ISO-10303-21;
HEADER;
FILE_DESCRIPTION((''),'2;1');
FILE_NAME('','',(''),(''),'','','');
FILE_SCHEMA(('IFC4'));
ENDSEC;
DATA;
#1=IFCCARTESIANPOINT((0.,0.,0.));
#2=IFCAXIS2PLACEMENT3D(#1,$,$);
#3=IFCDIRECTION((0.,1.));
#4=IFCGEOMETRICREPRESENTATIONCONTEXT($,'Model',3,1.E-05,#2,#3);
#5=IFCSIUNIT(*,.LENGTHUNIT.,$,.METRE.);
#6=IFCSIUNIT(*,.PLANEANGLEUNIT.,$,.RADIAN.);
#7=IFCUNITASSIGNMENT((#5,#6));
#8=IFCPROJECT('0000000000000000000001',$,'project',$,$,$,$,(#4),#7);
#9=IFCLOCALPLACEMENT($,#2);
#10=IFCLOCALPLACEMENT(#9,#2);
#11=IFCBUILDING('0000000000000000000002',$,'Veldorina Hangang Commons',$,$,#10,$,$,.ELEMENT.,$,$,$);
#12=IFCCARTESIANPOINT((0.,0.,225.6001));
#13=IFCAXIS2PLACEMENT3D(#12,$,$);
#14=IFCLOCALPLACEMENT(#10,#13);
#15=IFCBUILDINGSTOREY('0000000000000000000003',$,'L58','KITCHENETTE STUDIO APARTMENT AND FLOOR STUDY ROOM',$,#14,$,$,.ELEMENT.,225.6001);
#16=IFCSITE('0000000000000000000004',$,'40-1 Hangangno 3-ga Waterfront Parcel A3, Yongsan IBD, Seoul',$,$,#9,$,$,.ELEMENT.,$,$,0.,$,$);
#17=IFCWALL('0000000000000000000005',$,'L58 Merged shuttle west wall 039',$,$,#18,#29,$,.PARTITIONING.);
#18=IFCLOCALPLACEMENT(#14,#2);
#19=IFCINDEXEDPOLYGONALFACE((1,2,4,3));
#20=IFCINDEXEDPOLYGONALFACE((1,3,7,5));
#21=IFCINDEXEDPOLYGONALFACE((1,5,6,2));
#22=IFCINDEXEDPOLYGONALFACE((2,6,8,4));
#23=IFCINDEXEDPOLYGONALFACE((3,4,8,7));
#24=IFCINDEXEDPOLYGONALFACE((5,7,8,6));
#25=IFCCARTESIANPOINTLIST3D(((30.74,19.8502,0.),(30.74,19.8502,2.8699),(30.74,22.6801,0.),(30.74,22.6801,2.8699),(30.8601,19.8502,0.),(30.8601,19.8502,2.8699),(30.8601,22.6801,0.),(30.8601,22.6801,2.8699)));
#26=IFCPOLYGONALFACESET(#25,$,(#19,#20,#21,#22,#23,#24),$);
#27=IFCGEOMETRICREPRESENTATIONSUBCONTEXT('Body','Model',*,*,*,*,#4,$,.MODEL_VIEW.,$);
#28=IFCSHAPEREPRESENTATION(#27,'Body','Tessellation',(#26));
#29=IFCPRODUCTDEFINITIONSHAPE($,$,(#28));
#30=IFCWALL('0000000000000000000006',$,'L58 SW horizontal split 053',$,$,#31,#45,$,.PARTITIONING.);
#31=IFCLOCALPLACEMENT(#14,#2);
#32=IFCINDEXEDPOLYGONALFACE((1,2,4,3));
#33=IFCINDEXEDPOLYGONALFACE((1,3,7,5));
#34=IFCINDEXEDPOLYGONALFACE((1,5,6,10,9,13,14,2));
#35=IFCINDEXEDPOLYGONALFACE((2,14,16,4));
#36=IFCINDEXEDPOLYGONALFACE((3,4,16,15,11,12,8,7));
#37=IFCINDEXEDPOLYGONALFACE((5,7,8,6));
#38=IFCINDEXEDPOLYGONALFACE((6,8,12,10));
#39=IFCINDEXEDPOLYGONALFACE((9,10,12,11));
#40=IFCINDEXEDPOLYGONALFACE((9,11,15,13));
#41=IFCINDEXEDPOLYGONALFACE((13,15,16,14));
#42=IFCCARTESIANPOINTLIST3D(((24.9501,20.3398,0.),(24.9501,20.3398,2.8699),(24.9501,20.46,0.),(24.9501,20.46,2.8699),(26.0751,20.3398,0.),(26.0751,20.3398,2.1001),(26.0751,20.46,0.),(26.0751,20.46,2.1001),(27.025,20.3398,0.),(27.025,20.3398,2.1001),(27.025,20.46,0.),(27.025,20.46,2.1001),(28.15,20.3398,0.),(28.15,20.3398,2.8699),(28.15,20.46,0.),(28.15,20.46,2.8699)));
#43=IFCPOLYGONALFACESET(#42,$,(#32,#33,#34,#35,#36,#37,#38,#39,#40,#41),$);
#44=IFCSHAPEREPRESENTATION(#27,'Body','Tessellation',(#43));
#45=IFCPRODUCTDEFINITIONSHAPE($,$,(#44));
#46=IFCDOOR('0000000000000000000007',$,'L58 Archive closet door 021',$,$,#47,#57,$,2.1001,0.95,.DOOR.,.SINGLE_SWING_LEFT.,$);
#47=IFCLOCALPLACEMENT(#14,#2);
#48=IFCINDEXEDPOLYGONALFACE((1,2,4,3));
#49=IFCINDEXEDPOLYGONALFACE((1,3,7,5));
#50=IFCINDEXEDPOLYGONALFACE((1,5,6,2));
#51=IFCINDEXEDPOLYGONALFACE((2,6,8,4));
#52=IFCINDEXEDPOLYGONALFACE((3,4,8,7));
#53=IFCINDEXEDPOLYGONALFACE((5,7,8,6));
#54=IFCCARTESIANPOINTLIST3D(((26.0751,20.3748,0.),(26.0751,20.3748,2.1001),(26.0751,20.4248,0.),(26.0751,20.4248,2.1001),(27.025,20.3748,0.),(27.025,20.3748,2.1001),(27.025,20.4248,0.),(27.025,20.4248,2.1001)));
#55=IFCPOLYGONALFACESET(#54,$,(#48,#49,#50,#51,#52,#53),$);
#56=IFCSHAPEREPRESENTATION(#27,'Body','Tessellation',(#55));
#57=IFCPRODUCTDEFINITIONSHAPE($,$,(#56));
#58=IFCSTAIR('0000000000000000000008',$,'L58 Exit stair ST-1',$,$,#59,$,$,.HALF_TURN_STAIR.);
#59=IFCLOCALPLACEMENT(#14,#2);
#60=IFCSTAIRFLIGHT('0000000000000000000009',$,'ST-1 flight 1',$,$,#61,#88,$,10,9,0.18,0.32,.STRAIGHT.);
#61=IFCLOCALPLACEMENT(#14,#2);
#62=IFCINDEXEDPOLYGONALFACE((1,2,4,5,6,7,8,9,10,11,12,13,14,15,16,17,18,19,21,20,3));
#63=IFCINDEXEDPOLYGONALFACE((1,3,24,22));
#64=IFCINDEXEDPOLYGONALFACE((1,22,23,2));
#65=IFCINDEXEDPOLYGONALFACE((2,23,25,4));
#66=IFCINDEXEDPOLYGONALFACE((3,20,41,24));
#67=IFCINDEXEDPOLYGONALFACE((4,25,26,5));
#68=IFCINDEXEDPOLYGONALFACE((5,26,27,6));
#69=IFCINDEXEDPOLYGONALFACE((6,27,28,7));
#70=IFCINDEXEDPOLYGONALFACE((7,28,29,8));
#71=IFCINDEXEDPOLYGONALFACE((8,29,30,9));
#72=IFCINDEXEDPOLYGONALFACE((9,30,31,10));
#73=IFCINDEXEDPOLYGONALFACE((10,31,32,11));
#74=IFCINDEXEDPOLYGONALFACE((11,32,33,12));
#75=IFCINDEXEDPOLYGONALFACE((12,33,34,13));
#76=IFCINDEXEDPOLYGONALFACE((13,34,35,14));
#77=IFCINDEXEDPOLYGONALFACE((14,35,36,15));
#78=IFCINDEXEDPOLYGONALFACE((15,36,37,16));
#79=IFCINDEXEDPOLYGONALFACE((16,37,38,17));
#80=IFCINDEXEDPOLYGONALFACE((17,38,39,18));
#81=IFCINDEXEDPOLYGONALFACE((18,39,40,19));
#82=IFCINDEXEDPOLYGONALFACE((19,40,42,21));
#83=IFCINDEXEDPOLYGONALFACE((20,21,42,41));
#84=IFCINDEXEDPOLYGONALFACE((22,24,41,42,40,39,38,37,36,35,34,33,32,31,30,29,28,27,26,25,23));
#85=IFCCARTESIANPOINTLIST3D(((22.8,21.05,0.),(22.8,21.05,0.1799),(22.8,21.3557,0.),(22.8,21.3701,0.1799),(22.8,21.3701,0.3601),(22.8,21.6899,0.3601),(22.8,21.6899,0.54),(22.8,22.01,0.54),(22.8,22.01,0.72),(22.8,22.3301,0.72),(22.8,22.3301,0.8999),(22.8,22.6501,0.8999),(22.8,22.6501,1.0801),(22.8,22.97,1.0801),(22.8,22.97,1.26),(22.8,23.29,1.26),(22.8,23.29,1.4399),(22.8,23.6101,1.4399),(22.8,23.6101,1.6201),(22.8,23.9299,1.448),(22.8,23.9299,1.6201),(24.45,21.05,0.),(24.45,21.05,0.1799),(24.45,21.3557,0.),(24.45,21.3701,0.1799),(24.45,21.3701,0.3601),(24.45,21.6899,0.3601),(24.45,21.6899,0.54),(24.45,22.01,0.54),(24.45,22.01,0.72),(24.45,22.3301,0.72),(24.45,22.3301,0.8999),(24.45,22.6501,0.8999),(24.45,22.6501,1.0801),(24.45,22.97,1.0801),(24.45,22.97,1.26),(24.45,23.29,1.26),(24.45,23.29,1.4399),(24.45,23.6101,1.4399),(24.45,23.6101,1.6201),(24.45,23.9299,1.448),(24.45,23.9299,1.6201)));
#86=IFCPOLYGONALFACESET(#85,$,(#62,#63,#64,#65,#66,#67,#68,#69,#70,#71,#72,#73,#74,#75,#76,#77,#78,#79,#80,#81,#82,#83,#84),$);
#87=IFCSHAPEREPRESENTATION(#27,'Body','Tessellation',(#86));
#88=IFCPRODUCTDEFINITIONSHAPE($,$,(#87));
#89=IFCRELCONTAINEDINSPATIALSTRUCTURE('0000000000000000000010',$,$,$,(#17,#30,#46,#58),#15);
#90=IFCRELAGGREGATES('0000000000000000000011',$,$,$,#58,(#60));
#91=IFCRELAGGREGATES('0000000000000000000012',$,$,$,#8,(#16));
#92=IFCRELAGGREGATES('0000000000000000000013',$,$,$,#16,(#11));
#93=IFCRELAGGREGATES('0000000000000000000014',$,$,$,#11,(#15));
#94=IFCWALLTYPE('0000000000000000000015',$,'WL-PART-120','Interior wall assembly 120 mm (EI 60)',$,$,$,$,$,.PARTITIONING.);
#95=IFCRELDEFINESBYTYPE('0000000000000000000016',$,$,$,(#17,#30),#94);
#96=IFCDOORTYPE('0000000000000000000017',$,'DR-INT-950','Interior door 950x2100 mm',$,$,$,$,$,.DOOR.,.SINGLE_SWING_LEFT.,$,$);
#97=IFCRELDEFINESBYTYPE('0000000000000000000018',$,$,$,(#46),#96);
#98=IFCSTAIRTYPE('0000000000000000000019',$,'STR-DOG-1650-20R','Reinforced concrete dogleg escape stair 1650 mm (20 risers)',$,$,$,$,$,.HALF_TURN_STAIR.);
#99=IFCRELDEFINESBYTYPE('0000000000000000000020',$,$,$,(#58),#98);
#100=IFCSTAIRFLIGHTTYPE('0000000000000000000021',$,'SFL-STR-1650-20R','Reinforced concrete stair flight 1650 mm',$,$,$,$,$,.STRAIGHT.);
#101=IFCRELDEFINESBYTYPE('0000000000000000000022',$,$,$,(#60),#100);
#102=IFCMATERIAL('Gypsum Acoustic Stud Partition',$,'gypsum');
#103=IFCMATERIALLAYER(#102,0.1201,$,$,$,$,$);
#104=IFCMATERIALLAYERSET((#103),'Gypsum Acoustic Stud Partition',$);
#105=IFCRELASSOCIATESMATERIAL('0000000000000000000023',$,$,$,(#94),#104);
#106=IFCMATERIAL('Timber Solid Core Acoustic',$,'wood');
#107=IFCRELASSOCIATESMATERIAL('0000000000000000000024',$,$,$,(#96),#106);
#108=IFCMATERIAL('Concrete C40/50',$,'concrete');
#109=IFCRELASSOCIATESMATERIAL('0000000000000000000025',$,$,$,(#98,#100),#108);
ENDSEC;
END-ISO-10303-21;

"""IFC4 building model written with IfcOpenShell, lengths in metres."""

from ifc_helpers import new_model, si_unit, direction, frame, frame_2d, origin, place, context, subcontext, project, spatial, polyline, rectangle, outline, extrude, material, layer, layer_set, type_object, element, fill, aggregate, save


model = new_model("IFC4")

# Units and contexts
model_context = context("Model", 3, precision=1e-05, world=origin(), true_north=direction((0.0, 1.0)))
body_context = subcontext(model_context, "Body", "Model", "MODEL_VIEW")
ifc_project = project(units=[si_unit("LENGTHUNIT", "METRE"), si_unit("PLANEANGLEUNIT", "RADIAN")], contexts=[model_context])

# Site, building, storey
site_placement = place(None, origin())
site = spatial("IfcSite", under=ifc_project, at=site_placement, Name="40-1 Hangangno 3-ga Waterfront Parcel A3, Yongsan IBD, Seoul", CompositionType="ELEMENT", RefElevation=0.0)
building_placement = place(site_placement, origin())
building = spatial("IfcBuilding", under=site, at=building_placement, Name="Veldorina Hangang Commons", CompositionType="ELEMENT")
storey_placement = place(building_placement, frame((0.0, 0.0, 225.6001)))
storey = spatial("IfcBuildingStorey", under=building, at=storey_placement, Name="L58", Description="KITCHENETTE STUDIO APARTMENT AND FLOOR STUDY ROOM", CompositionType="ELEMENT", Elevation=225.6001)

# Shared definitions
ifc_material_1 = material(Name="Gypsum Acoustic Stud Partition", Category="gypsum")
ifc_layer_1 = layer(ifc_material_1, 0.1201)
ifc_layer_set_1 = layer_set([ifc_layer_1], Name="Gypsum Acoustic Stud Partition")
wall_type_1 = type_object("IfcWallType", Name="WL-PART-120", Description="Interior wall assembly 120 mm (EI 60)", PredefinedType="PARTITIONING", material=ifc_layer_set_1)
ifc_material_2 = material(Name="Timber Solid Core Acoustic", Category="wood")
door_type_1 = type_object("IfcDoorType", Name="DR-INT-950", Description="Interior door 950x2100 mm", OperationType="SINGLE_SWING_LEFT", PredefinedType="DOOR", material=ifc_material_2)

# Wall
wall_1_placement = place(storey_placement, frame((30.8, 19.8501, 0.0), z_axis=(0.0, 0.0, 1.0), x_axis=(0.0, 1.0, 0.0)))
element("IfcWall", 1, at=wall_1_placement, inside=storey, type_object=wall_type_1, Name="L58 Merged shuttle west wall 039", PredefinedType="PARTITIONING", context=body_context, shape_type="SweptSolid", body=[
    extrude(rectangle(XDim=2.8298, YDim=0.1201, at=frame_2d((1.415, 0.0))), origin(), (0.0, 0.0, 1.0), 2.8699),
])

# Wall, opening, door
wall_2_placement = place(storey_placement, frame((24.95, 20.3999, 0.0), z_axis=(0.0, 0.0, 1.0), x_axis=(1.0, 0.0, 0.0)))
wall_2 = element("IfcWall", 2, at=wall_2_placement, inside=storey, type_object=wall_type_1, Name="L58 SW horizontal split 053", PredefinedType="PARTITIONING", context=body_context, shape_type="SweptSolid", body=[
    extrude(rectangle(XDim=3.2, YDim=0.1201, at=frame_2d((1.6001, 0.0))), origin(), (0.0, 0.0, 1.0), 2.8699),
])
opening_1_placement = place(wall_2_placement, frame((1.125, 0.0, 0.0)))
opening_1 = element("IfcOpeningElement", 3, at=opening_1_placement, cuts=wall_2, PredefinedType="OPENING", context=body_context, shape_type="SweptSolid", body=[
    extrude(rectangle(XDim=0.95, YDim=2.1001, at=frame_2d((0.4751, 1.05))), frame((0.0, 0.0701, 0.0), z_axis=(0.0, -1.0, 0.0), x_axis=(1.0, 0.0, 0.0)), (0.0, 0.0, 1.0), 0.1401),
])
door_1_placement = place(opening_1_placement, origin())
door_1 = element("IfcDoor", 4, at=door_1_placement, inside=storey, type_object=door_type_1, Name="L58 Archive closet door 021", OperationType="SINGLE_SWING_LEFT", OverallHeight=2.1001, OverallWidth=0.95, PredefinedType="DOOR", context=body_context, shape_type="SweptSolid", body=[
    extrude(rectangle(XDim=0.95, YDim=2.1001, at=frame_2d((0.4751, 1.05))), frame((0.0, 0.0249, 0.0), z_axis=(0.0, -1.0, 0.0), x_axis=(1.0, 0.0, 0.0)), (0.0, 0.0, 1.0), 0.05),
])
fill(opening_1, door_1)

# Stair, stair flight
ifc_material_3 = material(Name="Concrete C40/50", Category="concrete")
stair_type = type_object("IfcStairType", Name="STR-DOG-1650-20R", Description="Reinforced concrete dogleg escape stair 1650 mm (20 risers)", PredefinedType="HALF_TURN_STAIR", material=ifc_material_3)
stair_placement = place(storey_placement, origin())
stair = element("IfcStair", 5, at=stair_placement, inside=storey, type_object=stair_type, Name="L58 Exit stair ST-1", PredefinedType="HALF_TURN_STAIR")
stair_flight_type = type_object("IfcStairFlightType", Name="SFL-STR-1650-20R", Description="Reinforced concrete stair flight 1650 mm", PredefinedType="STRAIGHT", material=ifc_material_3)
stair_flight_placement = place(storey_placement, frame((23.625, 21.05, 0.0), z_axis=(0.0, 0.0, 1.0), x_axis=(0.0, 1.0, 0.0)))
stair_flight = element("IfcStairFlight", 6, at=stair_flight_placement, type_object=stair_flight_type, Name="ST-1 flight 1", NumberOfRisers=10, NumberOfTreads=9, PredefinedType="STRAIGHT", RiserHeight=0.18, TreadLength=0.32, context=body_context, shape_type="SweptSolid", body=[
    extrude(outline(polyline([(0.0, 0.0), (0.0, 0.1799), (0.3201, 0.1799), (0.3201, 0.3601), (0.6399, 0.3601), (0.6399, 0.54), (0.96, 0.54), (0.96, 0.72), (1.28, 0.72), (1.28, 0.8999), (1.6001, 0.8999), (1.6001, 1.0801), (1.9199, 1.0801), (1.9199, 1.26), (2.24, 1.26), (2.24, 1.4399), (2.5601, 1.4399), (2.5601, 1.6201), (2.8799, 1.6201), (2.8799, 1.8), (2.8799, 1.448), (0.3057, 0.0), (0.0, 0.0)])), frame((0.0, 0.825, 0.0), z_axis=(0.0, -1.0, 0.0), x_axis=(1.0, 0.0, 0.0)), (0.0, 0.0, 1.0), 1.6499),
])
aggregate(stair, [stair_flight])

save(model, "model.ifc")
